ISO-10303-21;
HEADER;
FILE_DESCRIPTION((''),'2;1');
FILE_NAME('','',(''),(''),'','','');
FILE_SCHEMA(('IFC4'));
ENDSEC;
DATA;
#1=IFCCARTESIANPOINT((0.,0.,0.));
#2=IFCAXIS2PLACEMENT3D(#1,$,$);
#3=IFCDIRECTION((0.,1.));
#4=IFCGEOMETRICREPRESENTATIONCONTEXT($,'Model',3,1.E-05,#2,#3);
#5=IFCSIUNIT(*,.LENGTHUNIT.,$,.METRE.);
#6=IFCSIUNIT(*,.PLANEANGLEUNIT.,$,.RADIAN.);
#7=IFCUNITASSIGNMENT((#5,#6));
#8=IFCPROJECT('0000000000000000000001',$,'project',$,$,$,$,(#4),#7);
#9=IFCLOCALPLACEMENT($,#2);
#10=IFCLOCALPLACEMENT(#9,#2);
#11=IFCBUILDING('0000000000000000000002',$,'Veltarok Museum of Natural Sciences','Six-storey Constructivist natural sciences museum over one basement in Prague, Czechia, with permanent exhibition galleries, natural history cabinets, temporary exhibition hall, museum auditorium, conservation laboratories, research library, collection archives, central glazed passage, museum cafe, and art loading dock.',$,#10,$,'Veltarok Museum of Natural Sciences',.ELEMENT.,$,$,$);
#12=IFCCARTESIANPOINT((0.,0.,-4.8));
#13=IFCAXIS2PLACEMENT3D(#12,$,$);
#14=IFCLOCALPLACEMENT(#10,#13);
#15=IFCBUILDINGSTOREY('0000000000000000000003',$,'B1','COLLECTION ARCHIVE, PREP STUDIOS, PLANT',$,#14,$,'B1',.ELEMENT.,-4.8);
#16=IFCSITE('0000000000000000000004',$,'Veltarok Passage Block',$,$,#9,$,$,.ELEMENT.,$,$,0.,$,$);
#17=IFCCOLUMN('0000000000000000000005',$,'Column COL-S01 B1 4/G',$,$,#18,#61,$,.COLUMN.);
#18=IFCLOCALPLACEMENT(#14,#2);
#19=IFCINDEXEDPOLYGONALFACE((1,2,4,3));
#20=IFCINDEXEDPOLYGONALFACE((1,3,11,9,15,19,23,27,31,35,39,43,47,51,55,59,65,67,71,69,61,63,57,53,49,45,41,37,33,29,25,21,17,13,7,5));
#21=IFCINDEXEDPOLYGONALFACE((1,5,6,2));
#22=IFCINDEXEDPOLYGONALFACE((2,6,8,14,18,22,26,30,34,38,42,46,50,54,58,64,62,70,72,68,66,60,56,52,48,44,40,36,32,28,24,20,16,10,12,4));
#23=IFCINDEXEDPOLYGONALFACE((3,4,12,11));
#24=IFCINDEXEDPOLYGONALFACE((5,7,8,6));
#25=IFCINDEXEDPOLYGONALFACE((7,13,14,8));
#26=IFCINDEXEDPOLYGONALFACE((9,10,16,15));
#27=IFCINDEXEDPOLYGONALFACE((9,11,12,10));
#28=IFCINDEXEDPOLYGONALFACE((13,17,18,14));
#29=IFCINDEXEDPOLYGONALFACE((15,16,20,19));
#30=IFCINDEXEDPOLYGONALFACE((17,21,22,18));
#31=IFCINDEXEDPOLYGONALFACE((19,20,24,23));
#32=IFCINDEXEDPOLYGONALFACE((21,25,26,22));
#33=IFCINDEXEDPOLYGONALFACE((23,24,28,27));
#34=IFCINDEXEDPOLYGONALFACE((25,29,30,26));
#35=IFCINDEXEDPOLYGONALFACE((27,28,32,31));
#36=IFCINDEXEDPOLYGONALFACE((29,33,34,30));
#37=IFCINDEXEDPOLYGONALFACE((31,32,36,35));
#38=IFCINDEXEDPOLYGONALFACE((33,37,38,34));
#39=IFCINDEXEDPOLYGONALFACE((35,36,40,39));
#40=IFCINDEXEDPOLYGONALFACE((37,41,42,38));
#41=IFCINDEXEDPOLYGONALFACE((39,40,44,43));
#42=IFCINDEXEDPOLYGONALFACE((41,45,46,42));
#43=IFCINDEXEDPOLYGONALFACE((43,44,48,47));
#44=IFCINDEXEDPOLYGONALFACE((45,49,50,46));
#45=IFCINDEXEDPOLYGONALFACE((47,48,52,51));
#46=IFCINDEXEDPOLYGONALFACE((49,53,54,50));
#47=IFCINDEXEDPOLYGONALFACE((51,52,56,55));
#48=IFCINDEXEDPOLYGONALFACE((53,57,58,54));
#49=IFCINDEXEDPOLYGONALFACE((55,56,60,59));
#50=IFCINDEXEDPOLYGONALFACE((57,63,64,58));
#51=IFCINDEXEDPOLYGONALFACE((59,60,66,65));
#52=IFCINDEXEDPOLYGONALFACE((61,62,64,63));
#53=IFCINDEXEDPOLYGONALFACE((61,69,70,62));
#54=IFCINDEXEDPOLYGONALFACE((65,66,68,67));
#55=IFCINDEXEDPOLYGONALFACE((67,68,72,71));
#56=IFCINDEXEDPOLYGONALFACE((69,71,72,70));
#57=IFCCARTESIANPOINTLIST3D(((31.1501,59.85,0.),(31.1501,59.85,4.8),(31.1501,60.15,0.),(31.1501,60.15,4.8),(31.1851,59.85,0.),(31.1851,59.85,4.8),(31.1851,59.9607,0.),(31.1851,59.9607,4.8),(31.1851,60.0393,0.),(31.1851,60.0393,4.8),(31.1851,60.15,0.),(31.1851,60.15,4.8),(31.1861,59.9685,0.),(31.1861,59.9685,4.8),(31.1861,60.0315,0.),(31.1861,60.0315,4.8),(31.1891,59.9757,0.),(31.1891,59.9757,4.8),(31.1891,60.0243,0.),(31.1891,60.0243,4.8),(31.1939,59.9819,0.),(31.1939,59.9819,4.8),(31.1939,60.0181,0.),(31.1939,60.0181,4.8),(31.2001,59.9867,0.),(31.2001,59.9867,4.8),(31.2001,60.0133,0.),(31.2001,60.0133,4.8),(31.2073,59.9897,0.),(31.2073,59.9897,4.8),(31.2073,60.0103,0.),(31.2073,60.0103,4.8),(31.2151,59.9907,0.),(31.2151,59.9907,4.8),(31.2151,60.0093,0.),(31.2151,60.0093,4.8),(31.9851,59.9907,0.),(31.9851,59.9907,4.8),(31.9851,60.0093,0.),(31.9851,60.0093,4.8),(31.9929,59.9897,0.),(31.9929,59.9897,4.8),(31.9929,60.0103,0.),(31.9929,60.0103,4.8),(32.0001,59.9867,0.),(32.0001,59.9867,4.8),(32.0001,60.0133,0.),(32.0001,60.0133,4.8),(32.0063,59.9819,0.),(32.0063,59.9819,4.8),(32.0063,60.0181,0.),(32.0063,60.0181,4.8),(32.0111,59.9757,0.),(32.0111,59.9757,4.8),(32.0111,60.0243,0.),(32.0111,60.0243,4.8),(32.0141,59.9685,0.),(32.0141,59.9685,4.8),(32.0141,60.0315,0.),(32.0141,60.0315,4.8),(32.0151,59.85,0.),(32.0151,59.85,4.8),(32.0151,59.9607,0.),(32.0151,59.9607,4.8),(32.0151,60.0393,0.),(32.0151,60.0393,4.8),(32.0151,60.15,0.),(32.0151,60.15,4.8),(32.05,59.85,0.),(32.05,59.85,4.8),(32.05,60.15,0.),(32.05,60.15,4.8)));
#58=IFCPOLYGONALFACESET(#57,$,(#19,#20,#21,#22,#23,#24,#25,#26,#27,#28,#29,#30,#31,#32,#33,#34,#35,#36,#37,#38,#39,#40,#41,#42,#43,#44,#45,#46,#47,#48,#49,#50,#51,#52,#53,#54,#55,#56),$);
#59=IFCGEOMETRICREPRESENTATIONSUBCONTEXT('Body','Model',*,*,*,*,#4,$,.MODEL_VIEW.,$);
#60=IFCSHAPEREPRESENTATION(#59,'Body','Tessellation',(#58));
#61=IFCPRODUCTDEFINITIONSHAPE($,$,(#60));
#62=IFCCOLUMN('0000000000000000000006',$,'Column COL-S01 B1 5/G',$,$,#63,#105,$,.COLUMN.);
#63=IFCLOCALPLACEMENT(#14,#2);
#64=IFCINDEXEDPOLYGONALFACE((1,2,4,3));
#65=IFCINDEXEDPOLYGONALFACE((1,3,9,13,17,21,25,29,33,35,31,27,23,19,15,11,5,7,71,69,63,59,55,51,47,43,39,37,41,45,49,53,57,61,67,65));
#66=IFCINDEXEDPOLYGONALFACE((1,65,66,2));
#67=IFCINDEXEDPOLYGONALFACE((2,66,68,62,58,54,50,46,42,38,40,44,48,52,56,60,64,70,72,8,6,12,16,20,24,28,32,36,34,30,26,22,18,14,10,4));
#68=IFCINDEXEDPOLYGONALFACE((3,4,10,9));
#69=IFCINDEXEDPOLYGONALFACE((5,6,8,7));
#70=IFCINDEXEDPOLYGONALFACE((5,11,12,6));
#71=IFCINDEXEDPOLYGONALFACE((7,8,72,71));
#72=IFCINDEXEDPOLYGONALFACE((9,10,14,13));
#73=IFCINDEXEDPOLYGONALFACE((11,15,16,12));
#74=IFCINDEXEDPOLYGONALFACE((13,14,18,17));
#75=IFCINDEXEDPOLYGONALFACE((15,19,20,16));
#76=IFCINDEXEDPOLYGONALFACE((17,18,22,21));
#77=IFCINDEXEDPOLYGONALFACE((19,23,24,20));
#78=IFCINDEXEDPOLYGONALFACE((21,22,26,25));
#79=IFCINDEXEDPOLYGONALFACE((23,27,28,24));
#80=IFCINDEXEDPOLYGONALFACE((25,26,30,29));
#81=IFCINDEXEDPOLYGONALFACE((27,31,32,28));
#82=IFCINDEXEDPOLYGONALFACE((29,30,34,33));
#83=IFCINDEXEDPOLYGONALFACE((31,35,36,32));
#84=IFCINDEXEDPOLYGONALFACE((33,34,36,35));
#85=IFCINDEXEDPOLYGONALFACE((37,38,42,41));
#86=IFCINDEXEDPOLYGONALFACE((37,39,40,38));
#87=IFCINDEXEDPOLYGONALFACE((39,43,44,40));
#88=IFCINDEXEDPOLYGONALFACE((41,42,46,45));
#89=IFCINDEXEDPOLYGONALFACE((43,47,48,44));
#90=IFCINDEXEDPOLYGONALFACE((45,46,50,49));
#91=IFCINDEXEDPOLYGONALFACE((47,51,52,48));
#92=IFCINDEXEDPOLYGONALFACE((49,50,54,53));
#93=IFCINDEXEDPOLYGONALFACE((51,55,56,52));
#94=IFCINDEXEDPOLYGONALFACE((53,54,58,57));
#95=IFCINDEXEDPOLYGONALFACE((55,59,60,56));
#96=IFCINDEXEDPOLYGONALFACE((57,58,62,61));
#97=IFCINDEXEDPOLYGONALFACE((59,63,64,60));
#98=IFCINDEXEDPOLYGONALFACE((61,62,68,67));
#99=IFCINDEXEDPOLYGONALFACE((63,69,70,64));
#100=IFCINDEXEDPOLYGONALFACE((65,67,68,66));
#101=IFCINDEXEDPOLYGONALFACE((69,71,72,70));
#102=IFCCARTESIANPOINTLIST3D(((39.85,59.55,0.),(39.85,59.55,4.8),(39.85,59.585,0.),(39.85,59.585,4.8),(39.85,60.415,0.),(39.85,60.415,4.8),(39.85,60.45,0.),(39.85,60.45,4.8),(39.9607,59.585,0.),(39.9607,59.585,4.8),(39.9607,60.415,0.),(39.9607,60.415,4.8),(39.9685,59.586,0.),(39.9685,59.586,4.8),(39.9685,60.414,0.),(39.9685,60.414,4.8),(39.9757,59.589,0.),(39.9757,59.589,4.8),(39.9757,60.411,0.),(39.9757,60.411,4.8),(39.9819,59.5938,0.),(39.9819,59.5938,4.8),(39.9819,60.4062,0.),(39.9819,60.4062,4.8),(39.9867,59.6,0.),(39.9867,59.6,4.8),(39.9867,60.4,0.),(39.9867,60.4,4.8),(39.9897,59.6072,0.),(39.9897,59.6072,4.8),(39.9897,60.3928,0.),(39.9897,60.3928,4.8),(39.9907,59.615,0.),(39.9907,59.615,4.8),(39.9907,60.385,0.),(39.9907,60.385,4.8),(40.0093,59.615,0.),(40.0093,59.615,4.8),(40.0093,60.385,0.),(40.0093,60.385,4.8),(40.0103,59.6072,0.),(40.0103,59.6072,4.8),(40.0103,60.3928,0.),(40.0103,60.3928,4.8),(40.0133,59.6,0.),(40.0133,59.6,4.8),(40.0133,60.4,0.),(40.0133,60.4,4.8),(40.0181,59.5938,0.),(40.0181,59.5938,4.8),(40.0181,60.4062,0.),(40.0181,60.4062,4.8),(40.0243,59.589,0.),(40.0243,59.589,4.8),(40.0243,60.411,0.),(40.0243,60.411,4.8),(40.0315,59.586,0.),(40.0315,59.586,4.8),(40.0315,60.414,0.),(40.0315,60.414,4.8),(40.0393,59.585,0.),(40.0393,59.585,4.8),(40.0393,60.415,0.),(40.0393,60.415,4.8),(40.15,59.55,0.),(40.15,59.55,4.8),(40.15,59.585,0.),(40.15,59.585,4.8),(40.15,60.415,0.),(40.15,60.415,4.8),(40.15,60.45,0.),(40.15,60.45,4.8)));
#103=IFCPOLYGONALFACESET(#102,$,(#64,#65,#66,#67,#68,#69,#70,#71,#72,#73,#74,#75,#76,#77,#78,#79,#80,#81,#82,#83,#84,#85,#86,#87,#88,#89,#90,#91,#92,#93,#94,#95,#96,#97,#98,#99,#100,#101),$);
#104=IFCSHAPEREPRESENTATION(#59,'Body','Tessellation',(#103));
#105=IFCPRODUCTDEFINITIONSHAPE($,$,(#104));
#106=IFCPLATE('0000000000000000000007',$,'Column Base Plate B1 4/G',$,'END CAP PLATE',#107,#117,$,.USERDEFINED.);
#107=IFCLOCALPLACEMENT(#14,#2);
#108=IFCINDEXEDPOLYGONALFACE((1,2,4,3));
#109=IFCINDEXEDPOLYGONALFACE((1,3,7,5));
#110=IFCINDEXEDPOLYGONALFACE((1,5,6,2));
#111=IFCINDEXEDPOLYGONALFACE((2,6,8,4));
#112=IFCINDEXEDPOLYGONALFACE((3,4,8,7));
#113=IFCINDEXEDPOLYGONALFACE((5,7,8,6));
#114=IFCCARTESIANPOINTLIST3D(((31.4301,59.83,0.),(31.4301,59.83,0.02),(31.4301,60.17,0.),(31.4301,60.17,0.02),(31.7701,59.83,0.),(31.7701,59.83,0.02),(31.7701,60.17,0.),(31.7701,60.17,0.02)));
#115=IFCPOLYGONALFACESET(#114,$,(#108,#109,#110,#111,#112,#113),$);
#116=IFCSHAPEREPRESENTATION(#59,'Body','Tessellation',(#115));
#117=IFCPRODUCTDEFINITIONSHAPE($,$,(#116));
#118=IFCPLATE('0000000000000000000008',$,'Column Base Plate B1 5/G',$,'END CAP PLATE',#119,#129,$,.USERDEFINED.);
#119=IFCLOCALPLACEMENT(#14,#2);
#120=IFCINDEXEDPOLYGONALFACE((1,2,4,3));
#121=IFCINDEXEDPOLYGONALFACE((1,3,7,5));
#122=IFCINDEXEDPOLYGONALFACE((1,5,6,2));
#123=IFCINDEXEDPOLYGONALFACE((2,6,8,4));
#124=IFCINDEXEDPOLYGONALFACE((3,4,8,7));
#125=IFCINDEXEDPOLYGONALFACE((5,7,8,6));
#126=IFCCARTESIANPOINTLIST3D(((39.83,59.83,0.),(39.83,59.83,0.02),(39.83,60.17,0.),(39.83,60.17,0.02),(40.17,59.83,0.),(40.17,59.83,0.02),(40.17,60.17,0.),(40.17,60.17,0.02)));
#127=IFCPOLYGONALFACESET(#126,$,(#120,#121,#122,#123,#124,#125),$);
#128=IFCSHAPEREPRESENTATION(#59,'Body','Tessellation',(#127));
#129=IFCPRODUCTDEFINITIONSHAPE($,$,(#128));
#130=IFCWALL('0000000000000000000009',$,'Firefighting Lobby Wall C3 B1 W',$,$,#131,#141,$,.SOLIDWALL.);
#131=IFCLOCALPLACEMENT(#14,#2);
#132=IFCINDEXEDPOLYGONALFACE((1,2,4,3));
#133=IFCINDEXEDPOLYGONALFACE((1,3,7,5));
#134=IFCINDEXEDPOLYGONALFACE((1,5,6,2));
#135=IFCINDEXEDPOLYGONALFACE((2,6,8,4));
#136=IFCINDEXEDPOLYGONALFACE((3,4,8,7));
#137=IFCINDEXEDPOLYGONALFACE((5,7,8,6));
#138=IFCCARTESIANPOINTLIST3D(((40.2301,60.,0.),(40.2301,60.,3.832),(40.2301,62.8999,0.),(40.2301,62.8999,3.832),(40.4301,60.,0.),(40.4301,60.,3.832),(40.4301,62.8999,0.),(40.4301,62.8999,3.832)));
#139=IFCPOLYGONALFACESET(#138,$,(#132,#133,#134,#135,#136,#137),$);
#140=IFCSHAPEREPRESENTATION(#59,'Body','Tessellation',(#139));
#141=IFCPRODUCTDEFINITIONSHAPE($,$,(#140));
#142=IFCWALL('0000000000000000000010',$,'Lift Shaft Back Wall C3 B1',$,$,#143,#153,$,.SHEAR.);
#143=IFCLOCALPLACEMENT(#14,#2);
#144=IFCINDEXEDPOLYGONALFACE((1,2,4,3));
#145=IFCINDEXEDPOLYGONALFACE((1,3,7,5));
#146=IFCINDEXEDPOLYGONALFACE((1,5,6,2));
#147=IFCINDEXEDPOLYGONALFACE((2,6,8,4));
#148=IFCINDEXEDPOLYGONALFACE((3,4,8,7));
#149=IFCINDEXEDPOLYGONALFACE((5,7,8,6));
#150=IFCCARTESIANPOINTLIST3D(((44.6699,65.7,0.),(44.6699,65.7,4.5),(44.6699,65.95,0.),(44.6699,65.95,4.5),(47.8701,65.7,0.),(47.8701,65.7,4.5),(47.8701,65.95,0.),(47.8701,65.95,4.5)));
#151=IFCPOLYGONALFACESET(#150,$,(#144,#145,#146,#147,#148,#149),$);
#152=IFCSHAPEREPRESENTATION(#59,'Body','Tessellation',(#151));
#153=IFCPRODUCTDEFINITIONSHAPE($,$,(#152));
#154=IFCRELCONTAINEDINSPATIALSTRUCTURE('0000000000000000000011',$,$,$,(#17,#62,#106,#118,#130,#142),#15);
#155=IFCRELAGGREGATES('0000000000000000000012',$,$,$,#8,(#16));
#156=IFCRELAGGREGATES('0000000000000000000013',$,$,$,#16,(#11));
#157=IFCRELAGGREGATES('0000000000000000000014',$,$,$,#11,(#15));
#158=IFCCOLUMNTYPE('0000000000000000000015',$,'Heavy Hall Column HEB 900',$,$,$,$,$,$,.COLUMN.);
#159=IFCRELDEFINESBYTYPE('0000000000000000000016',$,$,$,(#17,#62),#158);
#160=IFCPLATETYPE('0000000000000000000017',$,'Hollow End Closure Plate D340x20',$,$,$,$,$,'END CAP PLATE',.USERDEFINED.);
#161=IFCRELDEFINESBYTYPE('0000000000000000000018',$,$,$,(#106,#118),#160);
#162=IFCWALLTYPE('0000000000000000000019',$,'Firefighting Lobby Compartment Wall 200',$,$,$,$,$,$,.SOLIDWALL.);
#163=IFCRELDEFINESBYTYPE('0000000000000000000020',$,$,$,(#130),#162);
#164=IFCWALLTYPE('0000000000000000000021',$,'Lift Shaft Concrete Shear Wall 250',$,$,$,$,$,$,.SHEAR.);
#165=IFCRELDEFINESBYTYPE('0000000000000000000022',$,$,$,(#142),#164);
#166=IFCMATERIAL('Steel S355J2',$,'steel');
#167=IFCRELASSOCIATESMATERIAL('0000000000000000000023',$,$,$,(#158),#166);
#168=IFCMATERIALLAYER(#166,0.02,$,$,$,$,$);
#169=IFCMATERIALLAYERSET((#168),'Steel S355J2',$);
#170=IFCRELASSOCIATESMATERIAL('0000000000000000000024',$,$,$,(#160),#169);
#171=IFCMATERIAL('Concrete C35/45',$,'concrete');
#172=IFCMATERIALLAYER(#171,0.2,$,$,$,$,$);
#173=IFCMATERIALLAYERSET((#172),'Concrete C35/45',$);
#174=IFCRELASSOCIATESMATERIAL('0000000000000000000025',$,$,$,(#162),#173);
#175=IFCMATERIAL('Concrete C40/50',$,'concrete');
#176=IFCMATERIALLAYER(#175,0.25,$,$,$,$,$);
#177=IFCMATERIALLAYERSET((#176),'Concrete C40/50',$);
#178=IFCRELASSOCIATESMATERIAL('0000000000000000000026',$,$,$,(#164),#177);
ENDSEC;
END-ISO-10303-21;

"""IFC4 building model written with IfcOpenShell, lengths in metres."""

from ifc_helpers import new_model, si_unit, direction, frame, frame_2d, origin, origin_2d, place, context, subcontext, project, spatial, rectangle, i_section, extrude, material, layer, layer_set, material_profile, profile_set, type_object, element, save


model = new_model("IFC4")

# Units and contexts
model_context = context("Model", 3, precision=1e-05, world=origin(), true_north=direction((0.0, 1.0)))
body_context = subcontext(model_context, "Body", "Model", "MODEL_VIEW")
ifc_project = project(units=[si_unit("LENGTHUNIT", "METRE"), si_unit("PLANEANGLEUNIT", "RADIAN")], contexts=[model_context])

# Site, building, storey
site_placement = place(None, origin())
site = spatial("IfcSite", under=ifc_project, at=site_placement, Name="Veltarok Passage Block", CompositionType="ELEMENT", RefElevation=0.0)
building_placement = place(site_placement, origin())
building = spatial("IfcBuilding", under=site, at=building_placement, Name="Veltarok Museum of Natural Sciences", Description="Six-storey Constructivist natural sciences museum over one basement in Prague, Czechia, with permanent exhibition galleries, natural history cabinets, temporary exhibition hall, museum auditorium, conservation laboratories, research library, collection archives, central glazed passage, museum cafe, and art loading dock.", LongName="Veltarok Museum of Natural Sciences", CompositionType="ELEMENT")
storey_placement = place(building_placement, frame((0.0, 0.0, -4.8)))
storey = spatial("IfcBuildingStorey", under=building, at=storey_placement, Name="B1", Description="COLLECTION ARCHIVE, PREP STUDIOS, PLANT", LongName="B1", CompositionType="ELEMENT", Elevation=-4.8)

# Shared definitions
ifc_material_1 = material(Name="Concrete C35/45", Category="concrete")

# Columns
ifc_material_2 = material(Name="Steel S355J2", Category="steel")
ifc_material_profile_1 = material_profile(ifc_material_2, i_section(OverallWidth=0.3, OverallDepth=0.8999, WebThickness=0.0186, FlangeThickness=0.0349, FilletRadius=0.03, at=origin_2d()), Name="HEB 900")
ifc_profile_set_1 = profile_set([ifc_material_profile_1], Name="Steel S355J2")
column_type = type_object("IfcColumnType", Name="Heavy Hall Column HEB 900", PredefinedType="COLUMN", material=ifc_profile_set_1)
for number, where, z_axis, x_axis, name in (
    (1, (31.6001, 60.0, 0.0), (0.0, 0.0, 1.0), (0.0, 1.0, 0.0), "Column COL-S01 B1 4/G"),
    (2, (40.0, 60.0, 0.0), (0.0, 0.0, 1.0), (1.0, 0.0, 0.0), "Column COL-S01 B1 5/G"),
):
    element("IfcColumn", number, at=place(storey_placement, frame(where, z_axis=z_axis, x_axis=x_axis)), inside=storey, type_object=column_type, Name=name, PredefinedType="COLUMN", context=body_context, shape_type="SweptSolid", body=[
        extrude(i_section(OverallWidth=0.3, OverallDepth=0.8999, WebThickness=0.0186, FlangeThickness=0.0349, FilletRadius=0.03, at=origin_2d()), origin(), (0.0, 0.0, 1.0), 4.8),
    ])

# Plates
ifc_layer_1 = layer(ifc_material_2, 0.02)
ifc_layer_set_1 = layer_set([ifc_layer_1], Name="Steel S355J2")
plate_type = type_object("IfcPlateType", Name="Hollow End Closure Plate D340x20", ElementType="END CAP PLATE", PredefinedType="USERDEFINED", material=ifc_layer_set_1)
for number, where, z_axis, x_axis, name in (
    (3, (31.6001, 60.0, 0.0), (0.0, 0.0, 1.0), (1.0, 0.0, 0.0), "Column Base Plate B1 4/G"),
    (4, (40.0, 60.0, 0.0), (0.0, 0.0, 1.0), (1.0, 0.0, 0.0), "Column Base Plate B1 5/G"),
):
    element("IfcPlate", number, at=place(storey_placement, frame(where, z_axis=z_axis, x_axis=x_axis)), inside=storey, type_object=plate_type, Name=name, ObjectType="END CAP PLATE", PredefinedType="USERDEFINED", context=body_context, shape_type="SweptSolid", body=[
        extrude(rectangle(XDim=0.3401, YDim=0.3401, at=origin_2d()), origin(), (0.0, 0.0, 1.0), 0.02),
    ])

# Walls
ifc_layer_2 = layer(ifc_material_1, 0.2)
ifc_layer_set_2 = layer_set([ifc_layer_2], Name="Concrete C35/45")
wall_type_1 = type_object("IfcWallType", Name="Firefighting Lobby Compartment Wall 200", PredefinedType="SOLIDWALL", material=ifc_layer_set_2)
wall_1_placement = place(storey_placement, frame((40.3301, 60.0, 0.0), z_axis=(0.0, 0.0, 1.0), x_axis=(0.0, 1.0, 0.0)))
element("IfcWall", 5, at=wall_1_placement, inside=storey, type_object=wall_type_1, Name="Firefighting Lobby Wall C3 B1 W", PredefinedType="SOLIDWALL", context=body_context, shape_type="SweptSolid", body=[
    extrude(rectangle(XDim=2.8999, YDim=0.2, at=frame_2d((1.45, 0.0))), origin(), (0.0, 0.0, 1.0), 3.832),
])
ifc_material_3 = material(Name="Concrete C40/50", Category="concrete")
ifc_layer_3 = layer(ifc_material_3, 0.25)
ifc_layer_set_3 = layer_set([ifc_layer_3], Name="Concrete C40/50")
wall_type_2 = type_object("IfcWallType", Name="Lift Shaft Concrete Shear Wall 250", PredefinedType="SHEAR", material=ifc_layer_set_3)
wall_2_placement = place(storey_placement, frame((44.6699, 65.825, 0.0), z_axis=(0.0, 0.0, 1.0), x_axis=(1.0, 0.0, 0.0)))
element("IfcWall", 6, at=wall_2_placement, inside=storey, type_object=wall_type_2, Name="Lift Shaft Back Wall C3 B1", PredefinedType="SHEAR", context=body_context, shape_type="SweptSolid", body=[
    extrude(rectangle(XDim=3.2002, YDim=0.25, at=frame_2d((1.6001, 0.0))), origin(), (0.0, 0.0, 1.0), 4.5),
])

save(model, "model.ifc")
